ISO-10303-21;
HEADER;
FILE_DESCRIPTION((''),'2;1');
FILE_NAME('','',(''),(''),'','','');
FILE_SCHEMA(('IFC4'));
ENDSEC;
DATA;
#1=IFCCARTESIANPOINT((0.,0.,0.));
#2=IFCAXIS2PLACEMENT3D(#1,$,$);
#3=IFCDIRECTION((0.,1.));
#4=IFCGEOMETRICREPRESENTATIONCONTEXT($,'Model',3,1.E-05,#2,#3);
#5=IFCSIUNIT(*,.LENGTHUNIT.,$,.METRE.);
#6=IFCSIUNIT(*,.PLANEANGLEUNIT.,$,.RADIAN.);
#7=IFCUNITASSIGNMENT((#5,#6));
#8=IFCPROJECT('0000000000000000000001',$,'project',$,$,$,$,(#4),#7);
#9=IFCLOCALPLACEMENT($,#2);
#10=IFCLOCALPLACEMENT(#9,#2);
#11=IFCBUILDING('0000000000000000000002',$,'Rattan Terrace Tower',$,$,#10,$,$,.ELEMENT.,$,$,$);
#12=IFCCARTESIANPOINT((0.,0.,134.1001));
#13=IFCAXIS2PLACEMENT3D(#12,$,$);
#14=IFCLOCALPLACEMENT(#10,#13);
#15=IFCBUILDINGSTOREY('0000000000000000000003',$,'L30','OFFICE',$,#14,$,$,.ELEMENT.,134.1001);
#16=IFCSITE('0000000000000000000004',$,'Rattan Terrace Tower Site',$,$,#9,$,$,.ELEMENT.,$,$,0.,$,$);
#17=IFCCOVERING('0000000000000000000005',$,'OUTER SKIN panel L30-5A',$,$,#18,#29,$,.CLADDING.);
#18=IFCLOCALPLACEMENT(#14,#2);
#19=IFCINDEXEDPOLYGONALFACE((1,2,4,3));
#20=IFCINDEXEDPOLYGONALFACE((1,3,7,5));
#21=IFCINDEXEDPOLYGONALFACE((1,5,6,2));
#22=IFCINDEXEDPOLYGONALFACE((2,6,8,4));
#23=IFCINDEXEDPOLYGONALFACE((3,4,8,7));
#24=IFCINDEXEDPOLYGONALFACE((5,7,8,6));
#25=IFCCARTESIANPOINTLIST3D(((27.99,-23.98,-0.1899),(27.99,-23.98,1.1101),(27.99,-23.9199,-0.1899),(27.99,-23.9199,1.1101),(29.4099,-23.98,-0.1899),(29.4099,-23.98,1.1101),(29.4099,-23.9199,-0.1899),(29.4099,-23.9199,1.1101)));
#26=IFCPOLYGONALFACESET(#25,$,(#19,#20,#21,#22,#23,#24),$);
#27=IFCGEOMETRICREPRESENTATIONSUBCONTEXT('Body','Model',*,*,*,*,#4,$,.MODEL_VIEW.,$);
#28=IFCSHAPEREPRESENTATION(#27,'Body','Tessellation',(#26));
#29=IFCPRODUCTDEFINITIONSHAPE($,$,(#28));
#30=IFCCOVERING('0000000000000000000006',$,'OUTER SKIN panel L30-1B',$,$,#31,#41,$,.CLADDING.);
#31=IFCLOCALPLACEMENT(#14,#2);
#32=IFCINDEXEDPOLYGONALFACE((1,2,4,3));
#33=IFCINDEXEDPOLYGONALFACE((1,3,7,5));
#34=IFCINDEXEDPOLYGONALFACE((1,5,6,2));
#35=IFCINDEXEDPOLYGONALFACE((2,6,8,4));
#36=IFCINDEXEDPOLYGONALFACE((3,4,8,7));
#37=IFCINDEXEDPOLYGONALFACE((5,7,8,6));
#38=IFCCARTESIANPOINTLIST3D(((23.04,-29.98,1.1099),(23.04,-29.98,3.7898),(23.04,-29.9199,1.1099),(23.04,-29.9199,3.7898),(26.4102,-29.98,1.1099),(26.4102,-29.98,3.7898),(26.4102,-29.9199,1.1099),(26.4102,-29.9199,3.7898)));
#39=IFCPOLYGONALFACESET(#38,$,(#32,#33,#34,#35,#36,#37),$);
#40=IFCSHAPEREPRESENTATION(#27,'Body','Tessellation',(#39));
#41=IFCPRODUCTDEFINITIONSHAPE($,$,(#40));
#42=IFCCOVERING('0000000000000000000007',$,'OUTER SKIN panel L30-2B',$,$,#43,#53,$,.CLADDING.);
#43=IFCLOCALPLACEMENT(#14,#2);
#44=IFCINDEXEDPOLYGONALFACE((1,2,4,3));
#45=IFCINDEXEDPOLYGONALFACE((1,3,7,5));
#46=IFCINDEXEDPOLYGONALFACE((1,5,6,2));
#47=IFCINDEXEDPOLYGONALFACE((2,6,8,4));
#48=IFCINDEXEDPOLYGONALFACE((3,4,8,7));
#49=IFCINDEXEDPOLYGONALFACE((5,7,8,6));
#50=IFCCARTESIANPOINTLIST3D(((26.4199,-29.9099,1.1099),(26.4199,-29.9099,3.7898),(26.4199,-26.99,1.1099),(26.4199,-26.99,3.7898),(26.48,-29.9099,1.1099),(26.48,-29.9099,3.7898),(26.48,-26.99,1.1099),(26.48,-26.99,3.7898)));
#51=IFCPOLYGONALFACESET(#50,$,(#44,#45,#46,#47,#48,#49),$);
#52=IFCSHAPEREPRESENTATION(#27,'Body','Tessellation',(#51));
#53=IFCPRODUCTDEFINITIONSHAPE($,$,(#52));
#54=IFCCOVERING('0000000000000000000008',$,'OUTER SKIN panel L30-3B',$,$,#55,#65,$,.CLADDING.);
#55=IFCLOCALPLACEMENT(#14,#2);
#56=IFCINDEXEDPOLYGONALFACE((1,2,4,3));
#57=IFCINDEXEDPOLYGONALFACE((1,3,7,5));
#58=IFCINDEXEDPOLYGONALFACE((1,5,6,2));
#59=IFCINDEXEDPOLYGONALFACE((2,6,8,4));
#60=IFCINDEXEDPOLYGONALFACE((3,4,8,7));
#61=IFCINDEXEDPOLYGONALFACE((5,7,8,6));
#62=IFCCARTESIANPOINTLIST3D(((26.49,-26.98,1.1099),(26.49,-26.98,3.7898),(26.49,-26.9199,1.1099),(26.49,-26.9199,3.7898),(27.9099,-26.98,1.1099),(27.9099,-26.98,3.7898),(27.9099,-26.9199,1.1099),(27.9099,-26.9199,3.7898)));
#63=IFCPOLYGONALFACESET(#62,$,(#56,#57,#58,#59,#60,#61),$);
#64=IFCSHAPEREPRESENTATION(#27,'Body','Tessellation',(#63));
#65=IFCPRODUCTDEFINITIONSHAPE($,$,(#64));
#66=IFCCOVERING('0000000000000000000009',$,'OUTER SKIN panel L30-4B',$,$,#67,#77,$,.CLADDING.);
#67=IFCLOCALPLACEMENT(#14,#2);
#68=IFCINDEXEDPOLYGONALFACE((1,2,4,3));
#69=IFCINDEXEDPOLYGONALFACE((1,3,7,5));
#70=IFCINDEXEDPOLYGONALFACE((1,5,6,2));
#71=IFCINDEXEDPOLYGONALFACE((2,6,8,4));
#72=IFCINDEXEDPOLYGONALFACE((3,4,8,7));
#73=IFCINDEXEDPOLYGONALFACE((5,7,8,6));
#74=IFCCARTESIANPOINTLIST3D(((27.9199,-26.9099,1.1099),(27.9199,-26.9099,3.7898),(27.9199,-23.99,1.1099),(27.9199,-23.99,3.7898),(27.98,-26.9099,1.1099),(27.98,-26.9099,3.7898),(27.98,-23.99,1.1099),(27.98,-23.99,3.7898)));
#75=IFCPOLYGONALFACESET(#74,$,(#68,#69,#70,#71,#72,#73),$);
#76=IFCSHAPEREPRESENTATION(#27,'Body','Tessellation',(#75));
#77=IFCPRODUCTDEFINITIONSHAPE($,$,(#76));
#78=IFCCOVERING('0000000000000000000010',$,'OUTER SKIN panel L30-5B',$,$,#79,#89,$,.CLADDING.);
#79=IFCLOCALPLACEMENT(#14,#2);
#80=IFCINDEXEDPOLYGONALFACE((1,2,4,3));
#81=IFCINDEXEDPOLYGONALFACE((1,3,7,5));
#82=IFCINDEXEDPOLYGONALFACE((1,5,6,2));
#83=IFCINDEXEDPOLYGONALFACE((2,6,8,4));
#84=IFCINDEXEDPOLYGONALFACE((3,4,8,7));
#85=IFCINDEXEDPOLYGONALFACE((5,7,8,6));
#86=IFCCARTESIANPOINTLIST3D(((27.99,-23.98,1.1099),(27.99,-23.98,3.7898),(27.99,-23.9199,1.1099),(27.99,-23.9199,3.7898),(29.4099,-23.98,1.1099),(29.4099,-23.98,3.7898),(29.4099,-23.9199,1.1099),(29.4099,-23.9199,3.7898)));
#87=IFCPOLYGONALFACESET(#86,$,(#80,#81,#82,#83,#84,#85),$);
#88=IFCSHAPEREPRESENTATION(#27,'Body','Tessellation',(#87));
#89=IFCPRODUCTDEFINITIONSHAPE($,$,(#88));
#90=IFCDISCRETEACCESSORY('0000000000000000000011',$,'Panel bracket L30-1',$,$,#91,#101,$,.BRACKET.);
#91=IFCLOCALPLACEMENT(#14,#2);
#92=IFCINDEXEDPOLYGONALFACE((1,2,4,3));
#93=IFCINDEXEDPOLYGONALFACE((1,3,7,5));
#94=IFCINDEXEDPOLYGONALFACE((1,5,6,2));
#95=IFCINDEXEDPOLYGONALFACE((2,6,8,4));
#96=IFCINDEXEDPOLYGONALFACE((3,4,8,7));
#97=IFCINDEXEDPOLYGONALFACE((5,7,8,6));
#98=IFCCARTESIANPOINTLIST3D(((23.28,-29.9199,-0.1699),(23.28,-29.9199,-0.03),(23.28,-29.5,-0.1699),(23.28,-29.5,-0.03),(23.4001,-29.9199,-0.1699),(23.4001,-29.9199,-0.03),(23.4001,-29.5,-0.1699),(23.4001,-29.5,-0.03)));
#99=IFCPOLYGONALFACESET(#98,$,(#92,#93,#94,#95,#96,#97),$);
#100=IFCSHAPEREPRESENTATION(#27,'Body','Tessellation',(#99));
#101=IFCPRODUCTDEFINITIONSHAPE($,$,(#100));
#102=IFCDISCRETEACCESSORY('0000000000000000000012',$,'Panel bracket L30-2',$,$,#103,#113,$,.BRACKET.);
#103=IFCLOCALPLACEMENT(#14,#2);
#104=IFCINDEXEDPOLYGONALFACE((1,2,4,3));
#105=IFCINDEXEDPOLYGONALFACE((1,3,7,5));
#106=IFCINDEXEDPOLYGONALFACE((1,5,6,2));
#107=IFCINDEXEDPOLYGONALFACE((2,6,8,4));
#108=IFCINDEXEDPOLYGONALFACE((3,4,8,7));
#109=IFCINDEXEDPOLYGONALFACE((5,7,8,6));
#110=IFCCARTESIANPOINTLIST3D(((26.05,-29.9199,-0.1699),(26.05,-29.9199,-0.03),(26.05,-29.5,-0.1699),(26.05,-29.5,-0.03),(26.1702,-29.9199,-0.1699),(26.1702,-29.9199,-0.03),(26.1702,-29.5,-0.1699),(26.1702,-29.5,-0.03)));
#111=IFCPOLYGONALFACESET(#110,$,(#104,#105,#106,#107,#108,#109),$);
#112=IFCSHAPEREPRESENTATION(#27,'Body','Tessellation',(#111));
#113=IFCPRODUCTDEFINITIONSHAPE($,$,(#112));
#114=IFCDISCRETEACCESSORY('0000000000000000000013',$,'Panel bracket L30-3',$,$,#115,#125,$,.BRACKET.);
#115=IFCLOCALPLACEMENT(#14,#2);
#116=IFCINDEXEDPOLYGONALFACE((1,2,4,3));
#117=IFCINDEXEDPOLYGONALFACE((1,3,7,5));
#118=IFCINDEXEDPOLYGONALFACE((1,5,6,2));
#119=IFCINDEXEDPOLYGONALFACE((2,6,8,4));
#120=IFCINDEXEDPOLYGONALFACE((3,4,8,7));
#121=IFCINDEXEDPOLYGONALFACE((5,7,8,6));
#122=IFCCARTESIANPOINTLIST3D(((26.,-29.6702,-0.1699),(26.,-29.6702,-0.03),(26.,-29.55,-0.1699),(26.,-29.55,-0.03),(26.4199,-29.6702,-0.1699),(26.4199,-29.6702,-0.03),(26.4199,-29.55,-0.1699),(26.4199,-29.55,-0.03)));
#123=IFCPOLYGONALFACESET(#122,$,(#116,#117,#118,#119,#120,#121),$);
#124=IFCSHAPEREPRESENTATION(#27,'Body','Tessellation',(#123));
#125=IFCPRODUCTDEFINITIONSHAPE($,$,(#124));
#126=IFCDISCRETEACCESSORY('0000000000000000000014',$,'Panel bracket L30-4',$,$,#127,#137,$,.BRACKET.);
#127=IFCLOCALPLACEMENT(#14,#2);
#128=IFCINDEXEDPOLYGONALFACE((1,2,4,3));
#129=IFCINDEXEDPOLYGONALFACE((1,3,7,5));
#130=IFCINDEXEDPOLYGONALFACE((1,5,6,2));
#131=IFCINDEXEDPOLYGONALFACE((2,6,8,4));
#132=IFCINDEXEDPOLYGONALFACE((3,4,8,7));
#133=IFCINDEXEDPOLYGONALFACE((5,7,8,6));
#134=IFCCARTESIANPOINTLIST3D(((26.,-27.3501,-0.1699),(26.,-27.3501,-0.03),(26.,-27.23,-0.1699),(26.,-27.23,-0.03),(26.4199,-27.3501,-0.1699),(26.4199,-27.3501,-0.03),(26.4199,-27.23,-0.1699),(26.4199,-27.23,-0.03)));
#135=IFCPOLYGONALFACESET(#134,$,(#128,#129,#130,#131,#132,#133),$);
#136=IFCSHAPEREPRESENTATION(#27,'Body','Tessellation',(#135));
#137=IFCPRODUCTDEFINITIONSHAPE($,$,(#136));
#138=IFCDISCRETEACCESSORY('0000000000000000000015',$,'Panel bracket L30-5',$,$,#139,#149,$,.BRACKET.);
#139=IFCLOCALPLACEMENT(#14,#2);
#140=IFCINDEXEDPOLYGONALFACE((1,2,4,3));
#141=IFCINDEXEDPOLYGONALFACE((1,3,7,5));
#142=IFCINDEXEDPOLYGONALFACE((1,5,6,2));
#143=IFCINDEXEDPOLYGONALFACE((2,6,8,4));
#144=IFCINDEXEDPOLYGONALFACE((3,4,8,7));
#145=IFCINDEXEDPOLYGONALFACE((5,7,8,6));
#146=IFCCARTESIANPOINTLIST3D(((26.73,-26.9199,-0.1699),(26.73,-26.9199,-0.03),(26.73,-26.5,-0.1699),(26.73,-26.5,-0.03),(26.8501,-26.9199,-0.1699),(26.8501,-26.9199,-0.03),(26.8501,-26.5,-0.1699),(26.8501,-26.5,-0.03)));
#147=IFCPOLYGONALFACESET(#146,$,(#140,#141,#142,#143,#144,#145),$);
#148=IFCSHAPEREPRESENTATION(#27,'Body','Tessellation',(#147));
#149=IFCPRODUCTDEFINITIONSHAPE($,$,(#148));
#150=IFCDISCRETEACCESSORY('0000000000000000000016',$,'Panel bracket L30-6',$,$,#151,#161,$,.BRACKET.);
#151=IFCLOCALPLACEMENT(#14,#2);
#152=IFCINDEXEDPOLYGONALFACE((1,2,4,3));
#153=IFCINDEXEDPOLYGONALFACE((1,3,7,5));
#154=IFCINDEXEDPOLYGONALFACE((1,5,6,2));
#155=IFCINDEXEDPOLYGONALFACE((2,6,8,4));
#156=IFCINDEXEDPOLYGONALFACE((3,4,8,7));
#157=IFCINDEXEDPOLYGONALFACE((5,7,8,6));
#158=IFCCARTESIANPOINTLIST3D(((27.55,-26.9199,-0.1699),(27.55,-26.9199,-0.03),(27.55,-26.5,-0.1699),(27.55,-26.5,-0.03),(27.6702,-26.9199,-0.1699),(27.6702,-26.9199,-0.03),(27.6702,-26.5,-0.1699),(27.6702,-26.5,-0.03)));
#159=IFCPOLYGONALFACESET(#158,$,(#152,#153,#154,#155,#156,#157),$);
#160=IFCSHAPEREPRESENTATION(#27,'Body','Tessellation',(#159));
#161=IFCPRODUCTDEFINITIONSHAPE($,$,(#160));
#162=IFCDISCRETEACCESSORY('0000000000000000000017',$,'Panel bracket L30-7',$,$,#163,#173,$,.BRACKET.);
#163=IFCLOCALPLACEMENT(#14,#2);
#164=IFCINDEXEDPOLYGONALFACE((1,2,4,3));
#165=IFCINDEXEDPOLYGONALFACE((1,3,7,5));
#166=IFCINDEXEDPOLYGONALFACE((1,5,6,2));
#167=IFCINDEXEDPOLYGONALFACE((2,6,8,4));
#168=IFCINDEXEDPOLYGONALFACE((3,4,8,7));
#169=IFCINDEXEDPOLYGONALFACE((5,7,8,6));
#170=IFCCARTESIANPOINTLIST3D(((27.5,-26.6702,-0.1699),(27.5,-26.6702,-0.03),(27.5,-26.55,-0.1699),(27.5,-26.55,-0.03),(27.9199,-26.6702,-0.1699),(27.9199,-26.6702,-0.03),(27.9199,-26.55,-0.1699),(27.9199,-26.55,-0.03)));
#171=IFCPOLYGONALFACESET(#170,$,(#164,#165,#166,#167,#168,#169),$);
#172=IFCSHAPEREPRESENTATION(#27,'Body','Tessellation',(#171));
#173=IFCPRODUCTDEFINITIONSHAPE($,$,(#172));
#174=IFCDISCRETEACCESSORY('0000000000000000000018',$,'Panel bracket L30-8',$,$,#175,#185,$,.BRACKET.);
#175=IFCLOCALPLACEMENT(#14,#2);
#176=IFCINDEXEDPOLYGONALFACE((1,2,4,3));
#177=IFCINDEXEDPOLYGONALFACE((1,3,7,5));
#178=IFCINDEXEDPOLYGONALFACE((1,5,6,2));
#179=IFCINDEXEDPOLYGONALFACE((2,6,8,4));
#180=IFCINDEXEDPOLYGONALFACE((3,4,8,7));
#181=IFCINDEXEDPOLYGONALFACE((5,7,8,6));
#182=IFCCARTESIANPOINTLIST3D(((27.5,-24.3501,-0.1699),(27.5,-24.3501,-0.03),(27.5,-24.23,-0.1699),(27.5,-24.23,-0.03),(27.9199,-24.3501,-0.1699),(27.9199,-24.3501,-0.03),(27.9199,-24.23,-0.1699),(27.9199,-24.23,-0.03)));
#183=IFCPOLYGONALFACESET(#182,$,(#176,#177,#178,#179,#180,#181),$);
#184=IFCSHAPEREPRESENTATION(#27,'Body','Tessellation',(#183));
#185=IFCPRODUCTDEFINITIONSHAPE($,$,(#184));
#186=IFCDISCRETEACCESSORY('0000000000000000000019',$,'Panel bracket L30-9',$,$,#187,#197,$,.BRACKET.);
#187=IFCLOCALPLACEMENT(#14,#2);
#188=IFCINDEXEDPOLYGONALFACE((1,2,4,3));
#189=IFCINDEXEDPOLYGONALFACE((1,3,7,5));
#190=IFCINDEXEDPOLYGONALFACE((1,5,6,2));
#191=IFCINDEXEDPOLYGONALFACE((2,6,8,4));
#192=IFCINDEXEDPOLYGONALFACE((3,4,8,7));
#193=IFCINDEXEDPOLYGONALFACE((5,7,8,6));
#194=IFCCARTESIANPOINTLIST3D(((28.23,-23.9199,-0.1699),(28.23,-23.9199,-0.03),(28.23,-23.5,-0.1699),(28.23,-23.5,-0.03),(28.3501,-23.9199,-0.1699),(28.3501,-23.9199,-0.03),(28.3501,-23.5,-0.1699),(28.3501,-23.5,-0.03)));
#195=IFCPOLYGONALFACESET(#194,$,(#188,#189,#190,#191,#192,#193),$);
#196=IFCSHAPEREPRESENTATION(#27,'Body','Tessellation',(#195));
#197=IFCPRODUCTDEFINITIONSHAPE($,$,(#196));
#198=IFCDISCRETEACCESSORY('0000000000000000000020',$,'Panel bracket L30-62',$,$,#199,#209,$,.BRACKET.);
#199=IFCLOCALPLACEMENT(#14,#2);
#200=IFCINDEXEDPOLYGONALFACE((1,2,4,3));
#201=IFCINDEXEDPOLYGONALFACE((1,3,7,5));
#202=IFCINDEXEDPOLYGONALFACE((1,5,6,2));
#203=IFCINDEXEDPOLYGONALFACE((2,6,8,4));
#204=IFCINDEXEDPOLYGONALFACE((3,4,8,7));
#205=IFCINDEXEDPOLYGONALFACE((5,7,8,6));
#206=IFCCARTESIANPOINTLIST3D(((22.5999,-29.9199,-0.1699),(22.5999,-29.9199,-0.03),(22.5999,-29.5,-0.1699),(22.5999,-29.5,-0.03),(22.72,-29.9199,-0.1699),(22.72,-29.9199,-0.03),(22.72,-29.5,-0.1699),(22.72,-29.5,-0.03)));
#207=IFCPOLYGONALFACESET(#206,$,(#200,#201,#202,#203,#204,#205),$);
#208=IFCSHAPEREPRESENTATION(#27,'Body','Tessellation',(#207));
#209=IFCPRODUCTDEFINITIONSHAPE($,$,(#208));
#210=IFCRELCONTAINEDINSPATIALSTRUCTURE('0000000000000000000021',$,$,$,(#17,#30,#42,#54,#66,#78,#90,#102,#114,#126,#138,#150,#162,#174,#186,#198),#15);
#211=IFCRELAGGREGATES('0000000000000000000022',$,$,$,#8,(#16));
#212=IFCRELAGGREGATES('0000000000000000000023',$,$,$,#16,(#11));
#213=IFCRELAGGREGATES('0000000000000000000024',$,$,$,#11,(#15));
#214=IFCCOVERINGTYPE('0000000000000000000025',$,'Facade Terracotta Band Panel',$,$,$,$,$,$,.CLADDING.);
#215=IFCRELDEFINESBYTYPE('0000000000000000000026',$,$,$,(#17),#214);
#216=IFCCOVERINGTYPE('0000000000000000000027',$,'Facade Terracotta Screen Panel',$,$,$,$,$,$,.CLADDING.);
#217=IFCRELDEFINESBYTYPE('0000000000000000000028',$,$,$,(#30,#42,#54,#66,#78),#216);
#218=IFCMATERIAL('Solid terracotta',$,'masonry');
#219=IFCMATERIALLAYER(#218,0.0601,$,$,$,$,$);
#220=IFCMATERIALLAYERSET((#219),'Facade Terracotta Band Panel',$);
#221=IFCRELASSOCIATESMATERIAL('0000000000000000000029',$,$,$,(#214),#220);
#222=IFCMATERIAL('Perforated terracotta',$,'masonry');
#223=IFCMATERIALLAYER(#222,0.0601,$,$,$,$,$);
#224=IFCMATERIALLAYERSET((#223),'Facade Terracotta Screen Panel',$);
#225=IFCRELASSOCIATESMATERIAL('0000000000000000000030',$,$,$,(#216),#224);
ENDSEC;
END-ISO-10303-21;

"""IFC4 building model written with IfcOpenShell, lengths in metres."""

from ifc_helpers import new_model, si_unit, direction, frame, origin, origin_2d, place, context, subcontext, project, spatial, rectangle, extrude, material, layer, layer_set, type_object, element, save


model = new_model("IFC4")

# Units and contexts
model_context = context("Model", 3, precision=1e-05, world=origin(), true_north=direction((0.0, 1.0)))
body_context = subcontext(model_context, "Body", "Model", "MODEL_VIEW")
ifc_project = project(units=[si_unit("LENGTHUNIT", "METRE"), si_unit("PLANEANGLEUNIT", "RADIAN")], contexts=[model_context])

# Site, building, storey
site_placement = place(None, origin())
site = spatial("IfcSite", under=ifc_project, at=site_placement, Name="Rattan Terrace Tower Site", CompositionType="ELEMENT", RefElevation=0.0)
building_placement = place(site_placement, origin())
building = spatial("IfcBuilding", under=site, at=building_placement, Name="Rattan Terrace Tower", CompositionType="ELEMENT")
storey_placement = place(building_placement, frame((0.0, 0.0, 134.1001)))
storey = spatial("IfcBuildingStorey", under=building, at=storey_placement, Name="L30", Description="OFFICE", CompositionType="ELEMENT", Elevation=134.1001)

# Coverings
ifc_material_1 = material(Name="Solid terracotta", Category="masonry")
ifc_layer_1 = layer(ifc_material_1, 0.0601)
ifc_layer_set_1 = layer_set([ifc_layer_1], Name="Facade Terracotta Band Panel")
covering_type_1 = type_object("IfcCoveringType", Name="Facade Terracotta Band Panel", PredefinedType="CLADDING", material=ifc_layer_set_1)
covering_1_placement = place(storey_placement, frame((28.7, -23.95, -0.1899), z_axis=(0.0, 0.0, 1.0), x_axis=(1.0, 0.0, 0.0)))
element("IfcCovering", 1, at=covering_1_placement, inside=storey, type_object=covering_type_1, Name="OUTER SKIN panel L30-5A", PredefinedType="CLADDING", context=body_context, shape_type="SweptSolid", body=[
    extrude(rectangle(XDim=1.4199, YDim=0.0601, at=origin_2d()), origin(), (0.0, 0.0, 1.0), 1.3),
])
ifc_material_2 = material(Name="Perforated terracotta", Category="masonry")
ifc_layer_2 = layer(ifc_material_2, 0.0601)
ifc_layer_set_2 = layer_set([ifc_layer_2], Name="Facade Terracotta Screen Panel")
covering_type_2 = type_object("IfcCoveringType", Name="Facade Terracotta Screen Panel", PredefinedType="CLADDING", material=ifc_layer_set_2)
covering_2_placement = place(storey_placement, frame((24.7251, -29.95, 1.1099), z_axis=(0.0, 0.0, 1.0), x_axis=(1.0, 0.0, 0.0)))
element("IfcCovering", 2, at=covering_2_placement, inside=storey, type_object=covering_type_2, Name="OUTER SKIN panel L30-1B", PredefinedType="CLADDING", context=body_context, shape_type="SweptSolid", body=[
    extrude(rectangle(XDim=3.3701, YDim=0.0601, at=origin_2d()), origin(), (0.0, 0.0, 1.0), 2.6799),
])
covering_3_placement = place(storey_placement, frame((26.45, -28.45, 1.1099), z_axis=(0.0, 0.0, 1.0), x_axis=(0.0, 1.0, 0.0)))
element("IfcCovering", 3, at=covering_3_placement, inside=storey, type_object=covering_type_2, Name="OUTER SKIN panel L30-2B", PredefinedType="CLADDING", context=body_context, shape_type="SweptSolid", body=[
    extrude(rectangle(XDim=2.9199, YDim=0.0601, at=origin_2d()), origin(), (0.0, 0.0, 1.0), 2.6799),
])
covering_4_placement = place(storey_placement, frame((27.2, -26.95, 1.1099), z_axis=(0.0, 0.0, 1.0), x_axis=(1.0, 0.0, 0.0)))
element("IfcCovering", 4, at=covering_4_placement, inside=storey, type_object=covering_type_2, Name="OUTER SKIN panel L30-3B", PredefinedType="CLADDING", context=body_context, shape_type="SweptSolid", body=[
    extrude(rectangle(XDim=1.4199, YDim=0.0601, at=origin_2d()), origin(), (0.0, 0.0, 1.0), 2.6799),
])
covering_5_placement = place(storey_placement, frame((27.95, -25.45, 1.1099), z_axis=(0.0, 0.0, 1.0), x_axis=(0.0, 1.0, 0.0)))
element("IfcCovering", 5, at=covering_5_placement, inside=storey, type_object=covering_type_2, Name="OUTER SKIN panel L30-4B", PredefinedType="CLADDING", context=body_context, shape_type="SweptSolid", body=[
    extrude(rectangle(XDim=2.9199, YDim=0.0601, at=origin_2d()), origin(), (0.0, 0.0, 1.0), 2.6799),
])
covering_6_placement = place(storey_placement, frame((28.7, -23.95, 1.1099), z_axis=(0.0, 0.0, 1.0), x_axis=(1.0, 0.0, 0.0)))
element("IfcCovering", 6, at=covering_6_placement, inside=storey, type_object=covering_type_2, Name="OUTER SKIN panel L30-5B", PredefinedType="CLADDING", context=body_context, shape_type="SweptSolid", body=[
    extrude(rectangle(XDim=1.4199, YDim=0.0601, at=origin_2d()), origin(), (0.0, 0.0, 1.0), 2.6799),
])

# Discrete accessories
for number, where, z_axis, x_axis, name in (
    (7, (23.3401, -29.71, -0.1699), (0.0, 0.0, 1.0), (1.0, 0.0, 0.0), "Panel bracket L30-1"),
    (8, (26.1101, -29.71, -0.1699), (0.0, 0.0, 1.0), (1.0, 0.0, 0.0), "Panel bracket L30-2"),
    (9, (26.21, -29.6101, -0.1699), (0.0, 0.0, 1.0), (0.0, 1.0, 0.0), "Panel bracket L30-3"),
    (10, (26.21, -27.29, -0.1699), (0.0, 0.0, 1.0), (0.0, 1.0, 0.0), "Panel bracket L30-4"),
    (11, (26.79, -26.71, -0.1699), (0.0, 0.0, 1.0), (1.0, 0.0, 0.0), "Panel bracket L30-5"),
    (12, (27.6101, -26.71, -0.1699), (0.0, 0.0, 1.0), (1.0, 0.0, 0.0), "Panel bracket L30-6"),
    (13, (27.71, -26.6101, -0.1699), (0.0, 0.0, 1.0), (0.0, 1.0, 0.0), "Panel bracket L30-7"),
    (14, (27.71, -24.29, -0.1699), (0.0, 0.0, 1.0), (0.0, 1.0, 0.0), "Panel bracket L30-8"),
    (15, (28.29, -23.71, -0.1699), (0.0, 0.0, 1.0), (1.0, 0.0, 0.0), "Panel bracket L30-9"),
    (16, (22.6599, -29.71, -0.1699), (0.0, 0.0, 1.0), (1.0, 0.0, 0.0), "Panel bracket L30-62"),
):
    element("IfcDiscreteAccessory", number, at=place(storey_placement, frame(where, z_axis=z_axis, x_axis=x_axis)), inside=storey, Name=name, PredefinedType="BRACKET", context=body_context, shape_type="SweptSolid", body=[
        extrude(rectangle(XDim=0.1201, YDim=0.4199, at=origin_2d()), origin(), (0.0, 0.0, 1.0), 0.1399),
    ])

save(model, "model.ifc")
